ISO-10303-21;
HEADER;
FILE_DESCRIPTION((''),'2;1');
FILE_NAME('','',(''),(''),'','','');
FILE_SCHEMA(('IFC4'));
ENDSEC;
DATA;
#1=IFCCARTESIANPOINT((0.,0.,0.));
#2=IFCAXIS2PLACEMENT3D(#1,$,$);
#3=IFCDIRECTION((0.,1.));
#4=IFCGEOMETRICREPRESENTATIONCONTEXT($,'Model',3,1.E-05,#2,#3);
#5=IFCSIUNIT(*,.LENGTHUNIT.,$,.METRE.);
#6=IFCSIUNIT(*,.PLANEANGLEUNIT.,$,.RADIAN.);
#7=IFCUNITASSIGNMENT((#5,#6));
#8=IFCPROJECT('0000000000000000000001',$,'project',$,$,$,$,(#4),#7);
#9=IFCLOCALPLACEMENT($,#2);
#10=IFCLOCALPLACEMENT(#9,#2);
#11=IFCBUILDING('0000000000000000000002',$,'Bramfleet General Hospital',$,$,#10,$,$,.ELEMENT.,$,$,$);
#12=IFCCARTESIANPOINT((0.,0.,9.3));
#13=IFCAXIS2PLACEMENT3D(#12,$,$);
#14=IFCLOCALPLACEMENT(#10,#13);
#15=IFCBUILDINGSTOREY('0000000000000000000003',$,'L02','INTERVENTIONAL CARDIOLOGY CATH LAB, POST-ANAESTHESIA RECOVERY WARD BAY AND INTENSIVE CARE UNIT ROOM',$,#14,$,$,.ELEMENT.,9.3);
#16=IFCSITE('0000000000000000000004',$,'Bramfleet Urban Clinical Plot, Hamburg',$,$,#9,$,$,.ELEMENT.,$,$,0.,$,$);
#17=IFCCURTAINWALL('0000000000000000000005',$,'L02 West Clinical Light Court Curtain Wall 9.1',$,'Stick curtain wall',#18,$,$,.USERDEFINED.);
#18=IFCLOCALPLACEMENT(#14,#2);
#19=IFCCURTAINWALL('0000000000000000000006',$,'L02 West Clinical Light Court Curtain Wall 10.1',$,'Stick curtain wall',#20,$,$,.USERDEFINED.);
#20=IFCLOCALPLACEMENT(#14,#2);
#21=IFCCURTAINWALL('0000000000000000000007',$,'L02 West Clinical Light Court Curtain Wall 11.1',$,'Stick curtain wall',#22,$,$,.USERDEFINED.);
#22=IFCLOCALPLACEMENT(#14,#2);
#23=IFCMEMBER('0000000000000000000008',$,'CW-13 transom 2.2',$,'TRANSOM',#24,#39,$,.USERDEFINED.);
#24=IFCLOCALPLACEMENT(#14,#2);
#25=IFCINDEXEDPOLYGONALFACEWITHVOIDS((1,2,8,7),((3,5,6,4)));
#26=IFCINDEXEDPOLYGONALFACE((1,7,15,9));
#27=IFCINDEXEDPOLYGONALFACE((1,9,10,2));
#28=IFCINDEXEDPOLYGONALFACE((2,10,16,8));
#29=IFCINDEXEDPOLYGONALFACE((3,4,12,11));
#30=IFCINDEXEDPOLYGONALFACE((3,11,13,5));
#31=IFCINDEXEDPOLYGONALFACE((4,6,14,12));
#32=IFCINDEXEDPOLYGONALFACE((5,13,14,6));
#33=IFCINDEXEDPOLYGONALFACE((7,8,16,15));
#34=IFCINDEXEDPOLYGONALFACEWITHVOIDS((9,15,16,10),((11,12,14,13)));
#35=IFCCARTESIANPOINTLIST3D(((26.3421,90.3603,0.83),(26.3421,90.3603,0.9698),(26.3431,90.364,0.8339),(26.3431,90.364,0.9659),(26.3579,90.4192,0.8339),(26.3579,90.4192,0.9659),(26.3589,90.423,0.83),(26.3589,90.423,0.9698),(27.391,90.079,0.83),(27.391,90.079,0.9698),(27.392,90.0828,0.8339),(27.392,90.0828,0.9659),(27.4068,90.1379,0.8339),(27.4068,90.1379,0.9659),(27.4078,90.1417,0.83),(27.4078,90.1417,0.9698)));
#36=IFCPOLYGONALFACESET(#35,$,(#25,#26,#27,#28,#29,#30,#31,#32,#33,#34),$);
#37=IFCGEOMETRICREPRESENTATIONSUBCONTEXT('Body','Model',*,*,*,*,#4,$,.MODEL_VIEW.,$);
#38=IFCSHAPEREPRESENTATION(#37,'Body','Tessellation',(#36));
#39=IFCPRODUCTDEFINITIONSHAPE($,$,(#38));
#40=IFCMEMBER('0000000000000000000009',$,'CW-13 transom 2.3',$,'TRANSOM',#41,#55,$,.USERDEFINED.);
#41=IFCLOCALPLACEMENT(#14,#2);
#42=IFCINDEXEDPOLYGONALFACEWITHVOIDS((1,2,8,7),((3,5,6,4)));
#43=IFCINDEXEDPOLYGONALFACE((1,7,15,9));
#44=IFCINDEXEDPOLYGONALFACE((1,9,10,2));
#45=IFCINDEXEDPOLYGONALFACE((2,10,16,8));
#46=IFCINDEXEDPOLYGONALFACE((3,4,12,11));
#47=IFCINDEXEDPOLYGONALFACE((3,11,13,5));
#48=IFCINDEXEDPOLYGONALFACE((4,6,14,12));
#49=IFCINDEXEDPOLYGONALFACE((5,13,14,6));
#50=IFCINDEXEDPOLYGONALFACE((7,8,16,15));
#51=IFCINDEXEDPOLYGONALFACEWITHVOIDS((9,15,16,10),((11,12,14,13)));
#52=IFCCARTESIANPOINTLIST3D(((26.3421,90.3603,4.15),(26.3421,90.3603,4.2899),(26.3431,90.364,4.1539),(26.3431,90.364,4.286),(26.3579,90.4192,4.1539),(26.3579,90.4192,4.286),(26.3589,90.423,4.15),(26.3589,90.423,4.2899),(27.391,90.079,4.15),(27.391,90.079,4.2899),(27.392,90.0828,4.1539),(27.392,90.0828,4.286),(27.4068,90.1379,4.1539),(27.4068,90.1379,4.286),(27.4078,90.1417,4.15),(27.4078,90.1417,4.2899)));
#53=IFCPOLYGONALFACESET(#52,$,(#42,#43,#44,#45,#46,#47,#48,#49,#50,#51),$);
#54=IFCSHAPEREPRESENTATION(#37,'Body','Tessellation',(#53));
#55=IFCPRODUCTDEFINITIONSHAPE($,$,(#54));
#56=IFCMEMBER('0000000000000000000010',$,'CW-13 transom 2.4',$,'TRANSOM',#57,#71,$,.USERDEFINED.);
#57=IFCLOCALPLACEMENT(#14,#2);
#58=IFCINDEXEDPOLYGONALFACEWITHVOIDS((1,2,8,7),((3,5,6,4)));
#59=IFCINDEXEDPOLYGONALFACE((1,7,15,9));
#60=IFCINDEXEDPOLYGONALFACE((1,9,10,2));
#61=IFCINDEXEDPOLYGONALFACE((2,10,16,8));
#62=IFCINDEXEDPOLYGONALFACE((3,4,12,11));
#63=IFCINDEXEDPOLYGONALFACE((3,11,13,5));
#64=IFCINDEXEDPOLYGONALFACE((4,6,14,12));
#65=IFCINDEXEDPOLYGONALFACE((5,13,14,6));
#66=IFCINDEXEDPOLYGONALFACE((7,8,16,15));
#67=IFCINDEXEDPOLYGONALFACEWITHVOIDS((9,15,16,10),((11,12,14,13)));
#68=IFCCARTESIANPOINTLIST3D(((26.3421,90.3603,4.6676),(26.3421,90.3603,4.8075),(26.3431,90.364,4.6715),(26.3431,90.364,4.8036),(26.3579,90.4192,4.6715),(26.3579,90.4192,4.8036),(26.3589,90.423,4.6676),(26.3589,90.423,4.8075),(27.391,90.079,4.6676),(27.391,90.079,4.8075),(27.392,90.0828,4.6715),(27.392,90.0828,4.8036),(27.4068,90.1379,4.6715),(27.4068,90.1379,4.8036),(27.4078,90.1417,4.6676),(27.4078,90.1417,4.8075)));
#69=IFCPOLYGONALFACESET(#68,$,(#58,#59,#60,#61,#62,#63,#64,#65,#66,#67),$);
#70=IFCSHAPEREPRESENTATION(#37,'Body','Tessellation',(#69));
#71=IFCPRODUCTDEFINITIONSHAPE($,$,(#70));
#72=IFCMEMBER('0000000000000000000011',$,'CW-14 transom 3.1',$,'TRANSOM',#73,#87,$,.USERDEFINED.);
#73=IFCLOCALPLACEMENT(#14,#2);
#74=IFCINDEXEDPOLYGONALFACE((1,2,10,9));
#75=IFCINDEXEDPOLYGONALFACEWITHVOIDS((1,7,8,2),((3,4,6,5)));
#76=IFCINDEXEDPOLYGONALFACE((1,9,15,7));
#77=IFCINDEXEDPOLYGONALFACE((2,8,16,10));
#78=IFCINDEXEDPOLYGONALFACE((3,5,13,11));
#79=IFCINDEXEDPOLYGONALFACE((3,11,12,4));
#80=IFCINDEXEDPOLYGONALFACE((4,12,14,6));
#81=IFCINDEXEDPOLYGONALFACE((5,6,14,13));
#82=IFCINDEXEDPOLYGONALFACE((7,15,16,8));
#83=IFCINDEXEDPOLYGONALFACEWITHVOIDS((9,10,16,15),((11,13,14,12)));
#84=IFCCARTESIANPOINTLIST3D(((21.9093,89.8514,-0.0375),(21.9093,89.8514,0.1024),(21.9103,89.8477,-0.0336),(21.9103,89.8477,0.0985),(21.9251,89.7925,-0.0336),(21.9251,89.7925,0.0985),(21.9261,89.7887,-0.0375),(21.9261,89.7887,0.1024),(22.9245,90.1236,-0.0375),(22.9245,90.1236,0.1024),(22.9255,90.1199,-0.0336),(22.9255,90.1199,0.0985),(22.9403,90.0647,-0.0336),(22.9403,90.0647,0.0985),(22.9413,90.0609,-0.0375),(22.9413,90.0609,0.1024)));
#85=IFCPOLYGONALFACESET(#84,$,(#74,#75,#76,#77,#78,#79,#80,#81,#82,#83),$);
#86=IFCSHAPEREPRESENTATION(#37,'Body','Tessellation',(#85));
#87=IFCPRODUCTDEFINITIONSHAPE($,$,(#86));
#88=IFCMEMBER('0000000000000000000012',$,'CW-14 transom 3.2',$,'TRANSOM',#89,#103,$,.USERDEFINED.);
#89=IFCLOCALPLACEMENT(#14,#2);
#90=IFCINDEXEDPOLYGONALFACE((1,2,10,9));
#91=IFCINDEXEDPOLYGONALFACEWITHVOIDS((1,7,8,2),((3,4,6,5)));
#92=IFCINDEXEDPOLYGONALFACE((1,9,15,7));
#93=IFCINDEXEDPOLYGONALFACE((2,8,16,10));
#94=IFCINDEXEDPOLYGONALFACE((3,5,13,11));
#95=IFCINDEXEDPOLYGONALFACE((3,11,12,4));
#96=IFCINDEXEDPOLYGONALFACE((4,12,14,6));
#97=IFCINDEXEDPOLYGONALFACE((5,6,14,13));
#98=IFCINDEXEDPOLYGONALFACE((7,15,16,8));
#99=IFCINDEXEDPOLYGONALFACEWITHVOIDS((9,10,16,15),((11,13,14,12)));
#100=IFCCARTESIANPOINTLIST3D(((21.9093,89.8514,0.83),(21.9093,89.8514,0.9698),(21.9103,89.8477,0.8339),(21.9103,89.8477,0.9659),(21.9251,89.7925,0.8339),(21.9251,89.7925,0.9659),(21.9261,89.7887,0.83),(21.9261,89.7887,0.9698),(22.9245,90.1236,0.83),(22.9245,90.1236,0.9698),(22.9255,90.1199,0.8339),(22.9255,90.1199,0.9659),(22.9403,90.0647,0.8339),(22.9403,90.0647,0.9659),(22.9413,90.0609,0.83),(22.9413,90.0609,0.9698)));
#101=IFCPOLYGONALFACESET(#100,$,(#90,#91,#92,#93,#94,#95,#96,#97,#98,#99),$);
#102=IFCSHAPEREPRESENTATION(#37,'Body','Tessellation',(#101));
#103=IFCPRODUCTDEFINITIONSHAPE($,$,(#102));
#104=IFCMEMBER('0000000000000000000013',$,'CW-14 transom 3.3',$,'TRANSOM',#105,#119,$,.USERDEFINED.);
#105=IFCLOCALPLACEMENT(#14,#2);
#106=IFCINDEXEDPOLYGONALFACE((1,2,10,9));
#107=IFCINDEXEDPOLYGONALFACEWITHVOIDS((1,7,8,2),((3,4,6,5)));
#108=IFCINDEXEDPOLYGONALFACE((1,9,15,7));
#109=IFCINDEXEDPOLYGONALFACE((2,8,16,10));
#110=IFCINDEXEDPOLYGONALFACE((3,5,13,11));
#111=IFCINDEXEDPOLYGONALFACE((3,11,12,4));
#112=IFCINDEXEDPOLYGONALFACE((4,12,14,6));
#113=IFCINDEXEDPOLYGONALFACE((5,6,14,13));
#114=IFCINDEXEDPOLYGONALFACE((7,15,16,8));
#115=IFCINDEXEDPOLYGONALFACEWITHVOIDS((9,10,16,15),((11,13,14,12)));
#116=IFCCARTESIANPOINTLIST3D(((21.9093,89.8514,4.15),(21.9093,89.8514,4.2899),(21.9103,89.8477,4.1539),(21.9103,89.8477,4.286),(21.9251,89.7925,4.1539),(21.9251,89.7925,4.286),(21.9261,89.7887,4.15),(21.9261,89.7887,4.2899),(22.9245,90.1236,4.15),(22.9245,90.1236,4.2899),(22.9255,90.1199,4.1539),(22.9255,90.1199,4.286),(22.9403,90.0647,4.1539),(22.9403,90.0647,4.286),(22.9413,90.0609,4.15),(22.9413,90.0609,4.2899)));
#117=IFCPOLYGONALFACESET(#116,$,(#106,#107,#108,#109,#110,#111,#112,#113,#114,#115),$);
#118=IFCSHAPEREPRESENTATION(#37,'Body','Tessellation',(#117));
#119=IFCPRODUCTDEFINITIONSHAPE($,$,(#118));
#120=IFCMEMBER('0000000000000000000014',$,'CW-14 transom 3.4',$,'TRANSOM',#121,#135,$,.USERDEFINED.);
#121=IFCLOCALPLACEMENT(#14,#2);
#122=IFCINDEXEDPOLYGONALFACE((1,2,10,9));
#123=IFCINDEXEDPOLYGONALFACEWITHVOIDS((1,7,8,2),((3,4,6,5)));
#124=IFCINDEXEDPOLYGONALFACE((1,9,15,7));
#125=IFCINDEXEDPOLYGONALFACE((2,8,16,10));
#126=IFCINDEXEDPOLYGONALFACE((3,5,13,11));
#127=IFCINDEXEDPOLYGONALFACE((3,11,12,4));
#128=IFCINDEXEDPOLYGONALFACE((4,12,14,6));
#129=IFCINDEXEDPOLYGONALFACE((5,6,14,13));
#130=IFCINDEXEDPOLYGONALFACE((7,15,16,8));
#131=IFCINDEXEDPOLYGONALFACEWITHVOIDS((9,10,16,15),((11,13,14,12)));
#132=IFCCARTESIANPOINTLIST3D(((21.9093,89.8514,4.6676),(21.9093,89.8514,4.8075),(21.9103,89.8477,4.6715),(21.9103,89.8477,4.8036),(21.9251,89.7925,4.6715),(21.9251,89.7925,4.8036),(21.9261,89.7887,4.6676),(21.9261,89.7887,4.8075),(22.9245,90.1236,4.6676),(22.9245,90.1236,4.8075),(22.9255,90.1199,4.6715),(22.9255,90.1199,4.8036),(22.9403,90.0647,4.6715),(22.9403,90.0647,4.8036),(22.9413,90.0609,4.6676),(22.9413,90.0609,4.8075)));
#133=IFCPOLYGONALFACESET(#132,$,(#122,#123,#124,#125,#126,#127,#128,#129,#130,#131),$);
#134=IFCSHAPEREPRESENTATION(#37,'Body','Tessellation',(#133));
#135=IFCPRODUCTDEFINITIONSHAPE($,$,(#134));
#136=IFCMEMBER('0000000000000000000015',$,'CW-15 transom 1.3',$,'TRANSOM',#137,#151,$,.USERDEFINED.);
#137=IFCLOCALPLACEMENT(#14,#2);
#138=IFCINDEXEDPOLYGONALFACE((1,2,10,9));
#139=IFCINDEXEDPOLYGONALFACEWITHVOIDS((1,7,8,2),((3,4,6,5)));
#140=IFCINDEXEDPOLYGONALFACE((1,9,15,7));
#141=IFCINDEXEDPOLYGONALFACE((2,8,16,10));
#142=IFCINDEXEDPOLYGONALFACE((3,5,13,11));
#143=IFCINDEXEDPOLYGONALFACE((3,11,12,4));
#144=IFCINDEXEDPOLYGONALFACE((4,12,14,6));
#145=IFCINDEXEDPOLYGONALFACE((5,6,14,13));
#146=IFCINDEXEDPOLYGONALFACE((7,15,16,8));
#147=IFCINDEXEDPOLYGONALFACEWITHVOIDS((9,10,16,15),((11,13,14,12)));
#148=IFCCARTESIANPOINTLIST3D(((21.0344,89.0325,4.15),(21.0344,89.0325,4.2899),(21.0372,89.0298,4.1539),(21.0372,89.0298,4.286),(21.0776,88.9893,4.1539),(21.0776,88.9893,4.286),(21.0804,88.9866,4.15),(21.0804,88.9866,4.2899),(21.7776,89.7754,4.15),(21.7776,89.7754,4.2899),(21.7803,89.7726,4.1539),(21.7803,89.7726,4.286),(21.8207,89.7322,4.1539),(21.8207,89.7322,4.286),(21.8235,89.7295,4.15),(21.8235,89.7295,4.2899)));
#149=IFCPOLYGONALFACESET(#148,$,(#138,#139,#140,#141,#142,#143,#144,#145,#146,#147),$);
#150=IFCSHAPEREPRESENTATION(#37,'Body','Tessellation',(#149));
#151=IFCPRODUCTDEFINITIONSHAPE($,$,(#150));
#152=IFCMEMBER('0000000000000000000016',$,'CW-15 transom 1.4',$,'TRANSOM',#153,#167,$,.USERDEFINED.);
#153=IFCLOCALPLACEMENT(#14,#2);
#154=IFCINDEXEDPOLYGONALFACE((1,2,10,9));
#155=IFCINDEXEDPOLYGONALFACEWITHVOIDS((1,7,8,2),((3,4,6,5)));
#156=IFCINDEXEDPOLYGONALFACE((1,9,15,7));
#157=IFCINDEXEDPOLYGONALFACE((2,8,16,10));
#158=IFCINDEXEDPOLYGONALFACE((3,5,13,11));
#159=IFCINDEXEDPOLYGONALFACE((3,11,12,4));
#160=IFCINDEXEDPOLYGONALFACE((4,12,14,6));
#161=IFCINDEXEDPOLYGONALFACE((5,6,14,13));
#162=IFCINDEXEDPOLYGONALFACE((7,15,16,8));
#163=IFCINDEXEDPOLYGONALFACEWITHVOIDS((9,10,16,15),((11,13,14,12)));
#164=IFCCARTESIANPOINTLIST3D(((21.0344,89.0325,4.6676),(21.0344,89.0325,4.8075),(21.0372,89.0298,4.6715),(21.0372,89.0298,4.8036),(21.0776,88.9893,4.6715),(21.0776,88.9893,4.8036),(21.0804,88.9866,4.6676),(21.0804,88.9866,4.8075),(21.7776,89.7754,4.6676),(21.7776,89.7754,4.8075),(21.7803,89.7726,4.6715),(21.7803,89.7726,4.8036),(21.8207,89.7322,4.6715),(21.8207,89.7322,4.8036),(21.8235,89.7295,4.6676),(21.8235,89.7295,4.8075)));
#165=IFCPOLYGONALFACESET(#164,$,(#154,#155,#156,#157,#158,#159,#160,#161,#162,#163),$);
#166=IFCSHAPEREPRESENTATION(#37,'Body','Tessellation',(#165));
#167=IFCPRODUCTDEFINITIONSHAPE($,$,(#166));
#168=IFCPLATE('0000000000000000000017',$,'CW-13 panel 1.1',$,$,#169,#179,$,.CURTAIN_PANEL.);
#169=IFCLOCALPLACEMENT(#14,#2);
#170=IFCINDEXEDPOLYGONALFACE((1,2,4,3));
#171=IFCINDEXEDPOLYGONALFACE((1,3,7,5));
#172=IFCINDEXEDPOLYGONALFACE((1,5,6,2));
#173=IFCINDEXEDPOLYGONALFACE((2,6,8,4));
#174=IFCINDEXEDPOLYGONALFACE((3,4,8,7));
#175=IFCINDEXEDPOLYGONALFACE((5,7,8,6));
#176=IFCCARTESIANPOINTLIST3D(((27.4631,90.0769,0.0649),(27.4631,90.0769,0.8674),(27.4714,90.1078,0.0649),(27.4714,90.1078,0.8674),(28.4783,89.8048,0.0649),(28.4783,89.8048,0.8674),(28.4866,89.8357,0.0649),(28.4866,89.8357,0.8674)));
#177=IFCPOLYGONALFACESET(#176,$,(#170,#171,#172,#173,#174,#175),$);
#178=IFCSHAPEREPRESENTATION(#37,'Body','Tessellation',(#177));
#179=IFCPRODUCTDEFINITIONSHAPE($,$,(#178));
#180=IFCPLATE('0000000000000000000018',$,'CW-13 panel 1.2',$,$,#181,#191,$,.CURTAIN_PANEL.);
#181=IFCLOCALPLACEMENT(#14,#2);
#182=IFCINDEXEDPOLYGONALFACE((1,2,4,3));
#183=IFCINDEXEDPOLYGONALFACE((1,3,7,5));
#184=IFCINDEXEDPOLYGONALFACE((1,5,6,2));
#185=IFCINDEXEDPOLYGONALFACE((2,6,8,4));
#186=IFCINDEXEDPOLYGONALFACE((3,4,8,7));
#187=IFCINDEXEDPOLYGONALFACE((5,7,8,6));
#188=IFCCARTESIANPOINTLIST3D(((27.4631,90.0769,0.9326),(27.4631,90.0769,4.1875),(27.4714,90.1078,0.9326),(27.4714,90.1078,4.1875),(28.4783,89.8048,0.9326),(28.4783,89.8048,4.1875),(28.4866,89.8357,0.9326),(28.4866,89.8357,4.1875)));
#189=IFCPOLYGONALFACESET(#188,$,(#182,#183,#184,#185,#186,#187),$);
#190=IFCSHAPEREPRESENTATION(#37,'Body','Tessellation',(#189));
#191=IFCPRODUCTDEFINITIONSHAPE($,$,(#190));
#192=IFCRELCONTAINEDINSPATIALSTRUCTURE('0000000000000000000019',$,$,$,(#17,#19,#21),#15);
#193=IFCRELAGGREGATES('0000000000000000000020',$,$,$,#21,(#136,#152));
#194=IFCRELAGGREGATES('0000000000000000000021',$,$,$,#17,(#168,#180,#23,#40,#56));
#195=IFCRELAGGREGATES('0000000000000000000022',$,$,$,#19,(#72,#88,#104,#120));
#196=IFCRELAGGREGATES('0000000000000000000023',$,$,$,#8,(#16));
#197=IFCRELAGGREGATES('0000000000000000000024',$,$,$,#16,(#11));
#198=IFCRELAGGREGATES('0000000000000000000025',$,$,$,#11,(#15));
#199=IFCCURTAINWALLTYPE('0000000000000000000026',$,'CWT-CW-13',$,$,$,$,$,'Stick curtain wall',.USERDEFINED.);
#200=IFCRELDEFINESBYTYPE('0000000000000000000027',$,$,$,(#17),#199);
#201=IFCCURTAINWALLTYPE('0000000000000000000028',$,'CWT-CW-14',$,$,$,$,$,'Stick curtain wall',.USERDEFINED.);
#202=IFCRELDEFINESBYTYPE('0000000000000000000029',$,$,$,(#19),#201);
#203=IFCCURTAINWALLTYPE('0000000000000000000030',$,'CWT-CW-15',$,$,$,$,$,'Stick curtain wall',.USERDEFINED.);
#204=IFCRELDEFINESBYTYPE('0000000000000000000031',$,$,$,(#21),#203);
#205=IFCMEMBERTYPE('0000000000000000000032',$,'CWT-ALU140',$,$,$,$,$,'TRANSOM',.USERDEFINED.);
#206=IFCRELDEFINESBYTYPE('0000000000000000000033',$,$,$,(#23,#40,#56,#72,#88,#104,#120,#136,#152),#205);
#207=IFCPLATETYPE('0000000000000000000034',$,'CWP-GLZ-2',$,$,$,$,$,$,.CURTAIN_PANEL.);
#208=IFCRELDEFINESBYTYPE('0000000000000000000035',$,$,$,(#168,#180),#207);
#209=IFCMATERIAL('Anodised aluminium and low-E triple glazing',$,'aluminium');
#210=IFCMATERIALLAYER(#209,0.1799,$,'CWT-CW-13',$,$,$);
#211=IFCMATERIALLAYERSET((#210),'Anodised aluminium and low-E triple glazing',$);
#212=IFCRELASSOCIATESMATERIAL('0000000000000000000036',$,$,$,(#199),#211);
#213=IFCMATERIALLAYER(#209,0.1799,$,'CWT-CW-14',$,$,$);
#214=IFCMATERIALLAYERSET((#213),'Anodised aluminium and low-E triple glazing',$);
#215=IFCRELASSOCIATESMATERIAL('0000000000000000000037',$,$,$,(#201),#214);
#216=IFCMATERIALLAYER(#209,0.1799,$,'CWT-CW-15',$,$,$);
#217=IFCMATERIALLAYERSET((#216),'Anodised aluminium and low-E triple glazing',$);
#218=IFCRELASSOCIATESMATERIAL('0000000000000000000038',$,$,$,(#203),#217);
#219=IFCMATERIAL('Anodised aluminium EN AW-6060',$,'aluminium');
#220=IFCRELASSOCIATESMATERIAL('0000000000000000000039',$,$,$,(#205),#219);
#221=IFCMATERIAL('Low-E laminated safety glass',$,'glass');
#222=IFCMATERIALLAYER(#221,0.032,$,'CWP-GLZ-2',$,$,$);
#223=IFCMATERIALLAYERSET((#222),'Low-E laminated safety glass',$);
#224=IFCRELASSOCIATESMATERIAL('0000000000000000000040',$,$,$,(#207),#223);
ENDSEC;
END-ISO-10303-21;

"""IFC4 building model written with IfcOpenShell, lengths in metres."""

from ifc_helpers import new_model, si_unit, direction, frame, origin, origin_2d, place, context, subcontext, project, spatial, rectangle, hollow_rectangle, extrude, material, layer, layer_set, material_profile, profile_set, type_object, element, aggregate, save


model = new_model("IFC4")

# Units and contexts
model_context = context("Model", 3, precision=1e-05, world=origin(), true_north=direction((0.0, 1.0)))
body_context = subcontext(model_context, "Body", "Model", "MODEL_VIEW")
ifc_project = project(units=[si_unit("LENGTHUNIT", "METRE"), si_unit("PLANEANGLEUNIT", "RADIAN")], contexts=[model_context])

# Site, building, storey
site_placement = place(None, origin())
site = spatial("IfcSite", under=ifc_project, at=site_placement, Name="Bramfleet Urban Clinical Plot, Hamburg", CompositionType="ELEMENT", RefElevation=0.0)
building_placement = place(site_placement, origin())
building = spatial("IfcBuilding", under=site, at=building_placement, Name="Bramfleet General Hospital", CompositionType="ELEMENT")
storey_placement = place(building_placement, frame((0.0, 0.0, 9.3)))
storey = spatial("IfcBuildingStorey", under=building, at=storey_placement, Name="L02", Description="INTERVENTIONAL CARDIOLOGY CATH LAB, POST-ANAESTHESIA RECOVERY WARD BAY AND INTENSIVE CARE UNIT ROOM", CompositionType="ELEMENT", Elevation=9.3)

# Shared definitions
ifc_material_1 = material(Name="Anodised aluminium and low-E triple glazing", Category="aluminium")
ifc_material_2 = material(Name="Anodised aluminium EN AW-6060", Category="aluminium")

# Curtain walls
ifc_layer_1 = layer(ifc_material_1, 0.1799, Name="CWT-CW-13")
ifc_layer_set_1 = layer_set([ifc_layer_1], Name="Anodised aluminium and low-E triple glazing")
curtain_wall_type_1 = type_object("IfcCurtainWallType", Name="CWT-CW-13", ElementType="Stick curtain wall", PredefinedType="USERDEFINED", material=ifc_layer_set_1)
curtain_wall_1_placement = place(storey_placement, origin())
curtain_wall_1 = element("IfcCurtainWall", 1, at=curtain_wall_1_placement, inside=storey, type_object=curtain_wall_type_1, Name="L02 West Clinical Light Court Curtain Wall 9.1", ObjectType="Stick curtain wall", PredefinedType="USERDEFINED")
ifc_layer_2 = layer(ifc_material_1, 0.1799, Name="CWT-CW-14")
ifc_layer_set_2 = layer_set([ifc_layer_2], Name="Anodised aluminium and low-E triple glazing")
curtain_wall_type_2 = type_object("IfcCurtainWallType", Name="CWT-CW-14", ElementType="Stick curtain wall", PredefinedType="USERDEFINED", material=ifc_layer_set_2)
curtain_wall_2_placement = place(storey_placement, origin())
curtain_wall_2 = element("IfcCurtainWall", 2, at=curtain_wall_2_placement, inside=storey, type_object=curtain_wall_type_2, Name="L02 West Clinical Light Court Curtain Wall 10.1", ObjectType="Stick curtain wall", PredefinedType="USERDEFINED")

# Curtain wall
ifc_layer_3 = layer(ifc_material_1, 0.1799, Name="CWT-CW-15")
ifc_layer_set_3 = layer_set([ifc_layer_3], Name="Anodised aluminium and low-E triple glazing")
curtain_wall_type_3 = type_object("IfcCurtainWallType", Name="CWT-CW-15", ElementType="Stick curtain wall", PredefinedType="USERDEFINED", material=ifc_layer_set_3)
curtain_wall_3_placement = place(storey_placement, origin())
curtain_wall_3 = element("IfcCurtainWall", 3, at=curtain_wall_3_placement, inside=storey, type_object=curtain_wall_type_3, Name="L02 West Clinical Light Court Curtain Wall 11.1", ObjectType="Stick curtain wall", PredefinedType="USERDEFINED")

# Members
ifc_material_profile_1 = material_profile(ifc_material_2, hollow_rectangle(XDim=0.0649, YDim=0.1399, WallThickness=0.0039, at=origin_2d()), Name="ALU 140x65x4.0")
ifc_profile_set_1 = profile_set([ifc_material_profile_1], Name="Anodised aluminium EN AW-6060")
member_type_1 = type_object("IfcMemberType", Name="CWT-ALU140", ElementType="TRANSOM", PredefinedType="USERDEFINED", material=ifc_profile_set_1)
member_1_placement = place(storey_placement, frame((27.3994, 90.1104, 0.8999), z_axis=(-0.965876, 0.259006, 0.0), x_axis=(-0.259006, -0.965876, 0.0)))
member_1 = element("IfcMember", 4, at=member_1_placement, type_object=member_type_1, Name="CW-13 transom 2.2", ObjectType="TRANSOM", PredefinedType="USERDEFINED", context=body_context, shape_type="SweptSolid", body=[
    extrude(hollow_rectangle(XDim=0.0649, YDim=0.1399, WallThickness=0.0039, at=origin_2d()), origin(), (0.0, 0.0, 1.0), 1.0859),
])
member_2_placement = place(storey_placement, frame((27.3994, 90.1104, 4.22), z_axis=(-0.965876, 0.259006, 0.0), x_axis=(-0.259006, -0.965876, 0.0)))
member_2 = element("IfcMember", 5, at=member_2_placement, type_object=member_type_1, Name="CW-13 transom 2.3", ObjectType="TRANSOM", PredefinedType="USERDEFINED", context=body_context, shape_type="SweptSolid", body=[
    extrude(hollow_rectangle(XDim=0.0649, YDim=0.1399, WallThickness=0.0039, at=origin_2d()), origin(), (0.0, 0.0, 1.0), 1.0859),
])
member_3_placement = place(storey_placement, frame((27.3994, 90.1104, 4.7375), z_axis=(-0.965876, 0.259006, 0.0), x_axis=(-0.259006, -0.965876, 0.0)))
member_3 = element("IfcMember", 6, at=member_3_placement, type_object=member_type_1, Name="CW-13 transom 2.4", ObjectType="TRANSOM", PredefinedType="USERDEFINED", context=body_context, shape_type="SweptSolid", body=[
    extrude(hollow_rectangle(XDim=0.0649, YDim=0.1399, WallThickness=0.0039, at=origin_2d()), origin(), (0.0, 0.0, 1.0), 1.0859),
])
member_4_placement = place(storey_placement, frame((22.9329, 90.0923, 0.0325), z_axis=(-0.965875, -0.259007, 0.0), x_axis=(0.259007, -0.965875, 0.0)))
member_4 = element("IfcMember", 7, at=member_4_placement, type_object=member_type_1, Name="CW-14 transom 3.1", ObjectType="TRANSOM", PredefinedType="USERDEFINED", context=body_context, shape_type="SweptSolid", body=[
    extrude(hollow_rectangle(XDim=0.0649, YDim=0.1399, WallThickness=0.0039, at=origin_2d()), origin(), (0.0, 0.0, 1.0), 1.051),
])
member_5_placement = place(storey_placement, frame((22.9329, 90.0923, 0.8999), z_axis=(-0.965875, -0.259007, 0.0), x_axis=(0.259007, -0.965875, 0.0)))
member_5 = element("IfcMember", 8, at=member_5_placement, type_object=member_type_1, Name="CW-14 transom 3.2", ObjectType="TRANSOM", PredefinedType="USERDEFINED", context=body_context, shape_type="SweptSolid", body=[
    extrude(hollow_rectangle(XDim=0.0649, YDim=0.1399, WallThickness=0.0039, at=origin_2d()), origin(), (0.0, 0.0, 1.0), 1.051),
])
member_6_placement = place(storey_placement, frame((22.9329, 90.0923, 4.22), z_axis=(-0.965875, -0.259007, 0.0), x_axis=(0.259007, -0.965875, 0.0)))
member_6 = element("IfcMember", 9, at=member_6_placement, type_object=member_type_1, Name="CW-14 transom 3.3", ObjectType="TRANSOM", PredefinedType="USERDEFINED", context=body_context, shape_type="SweptSolid", body=[
    extrude(hollow_rectangle(XDim=0.0649, YDim=0.1399, WallThickness=0.0039, at=origin_2d()), origin(), (0.0, 0.0, 1.0), 1.051),
])
member_7_placement = place(storey_placement, frame((22.9329, 90.0923, 4.7375), z_axis=(-0.965875, -0.259007, 0.0), x_axis=(0.259007, -0.965875, 0.0)))
member_7 = element("IfcMember", 10, at=member_7_placement, type_object=member_type_1, Name="CW-14 transom 3.4", ObjectType="TRANSOM", PredefinedType="USERDEFINED", context=body_context, shape_type="SweptSolid", body=[
    extrude(hollow_rectangle(XDim=0.0649, YDim=0.1399, WallThickness=0.0039, at=origin_2d()), origin(), (0.0, 0.0, 1.0), 1.051),
])
member_8_placement = place(storey_placement, frame((21.8005, 89.7524, 4.22), z_axis=(-0.707223, -0.706991, 0.0), x_axis=(0.706991, -0.707223, 0.0)))
member_8 = element("IfcMember", 11, at=member_8_placement, type_object=member_type_1, Name="CW-15 transom 1.3", ObjectType="TRANSOM", PredefinedType="USERDEFINED", context=body_context, shape_type="SweptSolid", body=[
    extrude(hollow_rectangle(XDim=0.0649, YDim=0.1399, WallThickness=0.0039, at=origin_2d()), origin(), (0.0, 0.0, 1.0), 1.0508),
])
member_9_placement = place(storey_placement, frame((21.8005, 89.7524, 4.7375), z_axis=(-0.707223, -0.706991, 0.0), x_axis=(0.706991, -0.707223, 0.0)))
member_9 = element("IfcMember", 12, at=member_9_placement, type_object=member_type_1, Name="CW-15 transom 1.4", ObjectType="TRANSOM", PredefinedType="USERDEFINED", context=body_context, shape_type="SweptSolid", body=[
    extrude(hollow_rectangle(XDim=0.0649, YDim=0.1399, WallThickness=0.0039, at=origin_2d()), origin(), (0.0, 0.0, 1.0), 1.0508),
])
aggregate(curtain_wall_3, [member_8, member_9])

# Plates
ifc_material_3 = material(Name="Low-E laminated safety glass", Category="glass")
ifc_layer_4 = layer(ifc_material_3, 0.032, Name="CWP-GLZ-2")
ifc_layer_set_4 = layer_set([ifc_layer_4], Name="Low-E laminated safety glass")
plate_type = type_object("IfcPlateType", Name="CWP-GLZ-2", PredefinedType="CURTAIN_PANEL", material=ifc_layer_set_4)
plate_1_placement = place(storey_placement, frame((27.9749, 89.9563, 0.0649), z_axis=(0.0, 0.0, 1.0), x_axis=(-0.965899, 0.258919, 0.0)))
plate_1 = element("IfcPlate", 13, at=plate_1_placement, type_object=plate_type, Name="CW-13 panel 1.1", PredefinedType="CURTAIN_PANEL", context=body_context, shape_type="SweptSolid", body=[
    extrude(rectangle(XDim=1.051, YDim=0.032, at=origin_2d()), origin(), (0.0, 0.0, 1.0), 0.8025),
])
plate_2_placement = place(storey_placement, frame((27.9749, 89.9563, 0.9326), z_axis=(0.0, 0.0, 1.0), x_axis=(-0.965899, 0.258919, 0.0)))
plate_2 = element("IfcPlate", 14, at=plate_2_placement, type_object=plate_type, Name="CW-13 panel 1.2", PredefinedType="CURTAIN_PANEL", context=body_context, shape_type="SweptSolid", body=[
    extrude(rectangle(XDim=1.051, YDim=0.032, at=origin_2d()), origin(), (0.0, 0.0, 1.0), 3.2549),
])
aggregate(curtain_wall_1, [plate_1, plate_2, member_1, member_2, member_3])
aggregate(curtain_wall_2, [member_4, member_5, member_6, member_7])

save(model, "model.ifc")
